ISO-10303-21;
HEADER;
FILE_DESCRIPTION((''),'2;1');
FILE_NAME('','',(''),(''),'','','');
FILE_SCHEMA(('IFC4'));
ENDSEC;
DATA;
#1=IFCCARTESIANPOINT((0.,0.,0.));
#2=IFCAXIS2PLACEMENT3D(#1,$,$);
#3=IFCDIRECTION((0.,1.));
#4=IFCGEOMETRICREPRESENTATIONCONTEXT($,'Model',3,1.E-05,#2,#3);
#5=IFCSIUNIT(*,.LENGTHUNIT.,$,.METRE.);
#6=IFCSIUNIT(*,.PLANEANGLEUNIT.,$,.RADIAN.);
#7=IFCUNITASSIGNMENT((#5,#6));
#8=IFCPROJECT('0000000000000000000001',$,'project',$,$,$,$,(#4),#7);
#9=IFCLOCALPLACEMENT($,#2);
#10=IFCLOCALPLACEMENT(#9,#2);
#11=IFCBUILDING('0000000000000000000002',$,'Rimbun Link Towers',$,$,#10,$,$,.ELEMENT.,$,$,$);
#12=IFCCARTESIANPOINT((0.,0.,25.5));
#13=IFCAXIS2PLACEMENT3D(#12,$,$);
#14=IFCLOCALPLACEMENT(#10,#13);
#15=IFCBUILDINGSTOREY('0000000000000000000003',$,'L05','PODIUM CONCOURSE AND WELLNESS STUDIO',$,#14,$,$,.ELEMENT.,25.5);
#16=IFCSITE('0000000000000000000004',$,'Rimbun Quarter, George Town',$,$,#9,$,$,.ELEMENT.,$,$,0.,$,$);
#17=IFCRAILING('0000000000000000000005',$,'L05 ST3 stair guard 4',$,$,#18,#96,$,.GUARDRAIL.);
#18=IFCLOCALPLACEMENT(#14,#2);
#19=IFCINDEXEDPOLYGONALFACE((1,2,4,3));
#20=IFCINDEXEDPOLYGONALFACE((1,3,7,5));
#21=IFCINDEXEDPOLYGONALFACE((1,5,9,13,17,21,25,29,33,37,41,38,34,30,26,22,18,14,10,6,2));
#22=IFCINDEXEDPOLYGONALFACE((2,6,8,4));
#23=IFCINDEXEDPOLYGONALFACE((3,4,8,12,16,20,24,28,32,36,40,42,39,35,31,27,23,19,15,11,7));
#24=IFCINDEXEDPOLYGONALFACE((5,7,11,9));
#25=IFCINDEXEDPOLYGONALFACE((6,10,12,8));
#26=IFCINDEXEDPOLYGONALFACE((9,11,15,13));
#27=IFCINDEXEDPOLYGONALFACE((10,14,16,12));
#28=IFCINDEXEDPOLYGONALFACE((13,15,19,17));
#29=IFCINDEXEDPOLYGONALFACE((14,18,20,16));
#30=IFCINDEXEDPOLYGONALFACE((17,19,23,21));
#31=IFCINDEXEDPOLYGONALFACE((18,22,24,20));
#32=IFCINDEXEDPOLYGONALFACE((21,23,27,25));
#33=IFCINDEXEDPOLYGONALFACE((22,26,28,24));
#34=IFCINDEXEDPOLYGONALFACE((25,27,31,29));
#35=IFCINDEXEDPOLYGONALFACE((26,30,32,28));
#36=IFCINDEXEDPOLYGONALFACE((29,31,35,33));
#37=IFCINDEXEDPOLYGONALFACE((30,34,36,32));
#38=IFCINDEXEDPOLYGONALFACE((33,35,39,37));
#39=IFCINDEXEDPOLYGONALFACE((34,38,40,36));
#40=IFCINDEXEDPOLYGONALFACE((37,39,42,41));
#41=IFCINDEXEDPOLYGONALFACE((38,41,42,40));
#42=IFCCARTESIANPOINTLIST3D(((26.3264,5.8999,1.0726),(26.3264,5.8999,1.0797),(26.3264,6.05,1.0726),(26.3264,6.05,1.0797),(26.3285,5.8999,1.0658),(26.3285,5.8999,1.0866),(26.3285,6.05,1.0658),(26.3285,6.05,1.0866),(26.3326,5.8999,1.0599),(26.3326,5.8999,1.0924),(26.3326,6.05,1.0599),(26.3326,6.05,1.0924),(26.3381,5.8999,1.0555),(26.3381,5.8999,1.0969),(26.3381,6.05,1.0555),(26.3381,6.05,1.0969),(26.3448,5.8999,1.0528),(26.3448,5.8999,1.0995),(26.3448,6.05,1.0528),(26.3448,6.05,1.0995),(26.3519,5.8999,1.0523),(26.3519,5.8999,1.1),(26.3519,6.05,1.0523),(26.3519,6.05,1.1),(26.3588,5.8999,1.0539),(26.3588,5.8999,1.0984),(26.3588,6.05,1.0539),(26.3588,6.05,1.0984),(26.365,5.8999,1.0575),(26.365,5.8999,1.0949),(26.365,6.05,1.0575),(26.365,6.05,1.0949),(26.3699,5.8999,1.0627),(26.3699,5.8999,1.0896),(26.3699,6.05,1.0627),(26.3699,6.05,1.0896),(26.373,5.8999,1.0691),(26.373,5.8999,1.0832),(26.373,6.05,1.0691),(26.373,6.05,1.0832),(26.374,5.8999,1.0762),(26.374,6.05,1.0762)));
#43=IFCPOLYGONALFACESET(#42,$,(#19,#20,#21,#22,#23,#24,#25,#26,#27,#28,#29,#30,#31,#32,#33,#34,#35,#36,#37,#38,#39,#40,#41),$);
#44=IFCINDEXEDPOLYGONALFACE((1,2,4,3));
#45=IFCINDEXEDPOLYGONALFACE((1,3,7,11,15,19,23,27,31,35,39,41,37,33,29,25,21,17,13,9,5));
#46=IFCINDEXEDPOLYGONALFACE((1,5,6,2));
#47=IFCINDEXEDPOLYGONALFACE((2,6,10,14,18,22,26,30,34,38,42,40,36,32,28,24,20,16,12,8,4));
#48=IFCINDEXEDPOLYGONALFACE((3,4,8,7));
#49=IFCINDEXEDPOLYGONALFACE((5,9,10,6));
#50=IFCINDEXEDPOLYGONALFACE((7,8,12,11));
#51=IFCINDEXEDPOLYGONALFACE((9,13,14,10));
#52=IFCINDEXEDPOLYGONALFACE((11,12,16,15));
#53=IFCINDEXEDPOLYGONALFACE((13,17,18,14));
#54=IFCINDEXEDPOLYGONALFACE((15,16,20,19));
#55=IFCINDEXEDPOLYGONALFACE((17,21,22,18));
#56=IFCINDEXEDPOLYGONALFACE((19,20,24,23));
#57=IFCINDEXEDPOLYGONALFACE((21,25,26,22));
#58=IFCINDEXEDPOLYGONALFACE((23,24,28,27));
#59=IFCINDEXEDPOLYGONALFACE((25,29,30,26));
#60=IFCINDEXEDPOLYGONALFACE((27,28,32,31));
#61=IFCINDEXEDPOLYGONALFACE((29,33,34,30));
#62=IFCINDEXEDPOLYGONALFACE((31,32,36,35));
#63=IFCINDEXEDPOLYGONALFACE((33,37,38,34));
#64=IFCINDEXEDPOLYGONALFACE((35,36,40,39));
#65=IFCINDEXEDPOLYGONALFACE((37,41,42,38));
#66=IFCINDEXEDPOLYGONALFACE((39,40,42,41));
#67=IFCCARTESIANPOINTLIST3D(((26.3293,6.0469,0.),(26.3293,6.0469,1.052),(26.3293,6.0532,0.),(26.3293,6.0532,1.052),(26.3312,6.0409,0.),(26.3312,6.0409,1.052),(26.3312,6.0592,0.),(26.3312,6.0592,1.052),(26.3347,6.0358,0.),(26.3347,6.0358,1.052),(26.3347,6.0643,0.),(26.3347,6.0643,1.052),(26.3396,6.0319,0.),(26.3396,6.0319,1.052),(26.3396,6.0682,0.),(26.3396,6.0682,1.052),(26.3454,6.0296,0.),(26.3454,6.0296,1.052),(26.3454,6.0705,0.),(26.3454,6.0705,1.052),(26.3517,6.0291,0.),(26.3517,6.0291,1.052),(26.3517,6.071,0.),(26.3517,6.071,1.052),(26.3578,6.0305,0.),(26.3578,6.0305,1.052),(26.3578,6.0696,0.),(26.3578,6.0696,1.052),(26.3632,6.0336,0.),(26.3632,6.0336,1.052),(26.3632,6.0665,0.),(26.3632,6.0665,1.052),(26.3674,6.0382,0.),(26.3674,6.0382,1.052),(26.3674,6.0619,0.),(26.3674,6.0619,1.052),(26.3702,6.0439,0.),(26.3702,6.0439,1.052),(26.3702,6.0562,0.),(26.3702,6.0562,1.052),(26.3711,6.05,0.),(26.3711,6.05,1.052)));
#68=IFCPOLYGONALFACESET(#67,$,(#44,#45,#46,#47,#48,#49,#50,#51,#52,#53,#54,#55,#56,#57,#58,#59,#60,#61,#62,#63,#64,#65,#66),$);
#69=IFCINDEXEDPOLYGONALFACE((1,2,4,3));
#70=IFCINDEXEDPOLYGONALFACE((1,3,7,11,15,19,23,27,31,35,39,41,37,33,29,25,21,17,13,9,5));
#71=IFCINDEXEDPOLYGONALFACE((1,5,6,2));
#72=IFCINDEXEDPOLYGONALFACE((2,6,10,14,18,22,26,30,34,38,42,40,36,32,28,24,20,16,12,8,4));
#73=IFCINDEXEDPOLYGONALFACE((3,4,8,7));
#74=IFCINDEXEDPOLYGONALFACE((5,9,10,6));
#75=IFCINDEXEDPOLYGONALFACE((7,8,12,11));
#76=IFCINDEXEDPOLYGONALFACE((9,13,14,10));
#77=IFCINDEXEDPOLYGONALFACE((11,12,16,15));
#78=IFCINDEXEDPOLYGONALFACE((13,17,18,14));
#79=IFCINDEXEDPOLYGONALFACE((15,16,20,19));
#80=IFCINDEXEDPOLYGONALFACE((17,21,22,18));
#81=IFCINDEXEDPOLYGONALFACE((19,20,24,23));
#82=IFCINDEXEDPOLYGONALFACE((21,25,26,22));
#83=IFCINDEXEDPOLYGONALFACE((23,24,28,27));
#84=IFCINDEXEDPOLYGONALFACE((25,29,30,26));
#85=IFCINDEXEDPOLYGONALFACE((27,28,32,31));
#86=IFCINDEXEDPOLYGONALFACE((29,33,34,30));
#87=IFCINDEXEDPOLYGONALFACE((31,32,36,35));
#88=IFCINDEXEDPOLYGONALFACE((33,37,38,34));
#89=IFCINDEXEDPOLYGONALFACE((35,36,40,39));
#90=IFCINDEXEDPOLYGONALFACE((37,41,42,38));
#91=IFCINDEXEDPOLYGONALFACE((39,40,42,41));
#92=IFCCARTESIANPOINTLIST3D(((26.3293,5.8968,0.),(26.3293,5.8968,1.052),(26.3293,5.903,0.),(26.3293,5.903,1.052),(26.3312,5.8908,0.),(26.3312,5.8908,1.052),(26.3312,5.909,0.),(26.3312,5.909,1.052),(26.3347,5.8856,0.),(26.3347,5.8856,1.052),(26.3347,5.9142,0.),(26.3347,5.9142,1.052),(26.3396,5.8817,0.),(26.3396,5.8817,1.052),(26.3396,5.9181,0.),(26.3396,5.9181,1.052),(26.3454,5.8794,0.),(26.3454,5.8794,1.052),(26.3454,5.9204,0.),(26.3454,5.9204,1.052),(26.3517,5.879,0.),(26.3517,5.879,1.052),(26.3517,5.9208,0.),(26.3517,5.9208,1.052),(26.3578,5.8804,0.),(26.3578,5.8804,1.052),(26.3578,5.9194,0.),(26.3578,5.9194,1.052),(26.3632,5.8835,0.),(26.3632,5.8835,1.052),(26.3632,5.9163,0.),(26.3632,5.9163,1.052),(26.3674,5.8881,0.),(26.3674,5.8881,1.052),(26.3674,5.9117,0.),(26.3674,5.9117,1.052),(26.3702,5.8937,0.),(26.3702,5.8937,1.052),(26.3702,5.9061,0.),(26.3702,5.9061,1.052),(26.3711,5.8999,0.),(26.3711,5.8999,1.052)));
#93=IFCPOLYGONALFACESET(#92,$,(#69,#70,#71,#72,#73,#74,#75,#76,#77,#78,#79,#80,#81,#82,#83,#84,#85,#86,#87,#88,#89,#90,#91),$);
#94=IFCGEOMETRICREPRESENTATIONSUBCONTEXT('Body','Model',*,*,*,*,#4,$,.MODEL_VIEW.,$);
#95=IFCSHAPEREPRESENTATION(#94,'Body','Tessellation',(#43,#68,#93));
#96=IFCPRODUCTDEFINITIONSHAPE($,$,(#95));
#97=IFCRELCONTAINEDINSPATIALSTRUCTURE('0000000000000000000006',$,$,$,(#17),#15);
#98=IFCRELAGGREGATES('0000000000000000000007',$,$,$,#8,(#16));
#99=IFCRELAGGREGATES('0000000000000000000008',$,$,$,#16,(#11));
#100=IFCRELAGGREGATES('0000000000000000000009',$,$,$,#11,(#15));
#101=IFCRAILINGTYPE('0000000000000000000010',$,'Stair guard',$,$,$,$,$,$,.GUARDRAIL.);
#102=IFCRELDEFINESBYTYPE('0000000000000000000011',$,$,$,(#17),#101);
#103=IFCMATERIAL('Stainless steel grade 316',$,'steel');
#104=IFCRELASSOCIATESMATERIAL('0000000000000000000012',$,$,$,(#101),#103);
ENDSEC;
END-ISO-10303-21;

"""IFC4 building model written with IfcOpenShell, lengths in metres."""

from ifc_helpers import new_model, si_unit, direction, frame, origin, origin_2d, place, context, subcontext, project, spatial, circle, extrude, material, type_object, element, save


model = new_model("IFC4")

# Units and contexts
model_context = context("Model", 3, precision=1e-05, world=origin(), true_north=direction((0.0, 1.0)))
body_context = subcontext(model_context, "Body", "Model", "MODEL_VIEW")
ifc_project = project(units=[si_unit("LENGTHUNIT", "METRE"), si_unit("PLANEANGLEUNIT", "RADIAN")], contexts=[model_context])

# Site, building, storey
site_placement = place(None, origin())
site = spatial("IfcSite", under=ifc_project, at=site_placement, Name="Rimbun Quarter, George Town", CompositionType="ELEMENT", RefElevation=0.0)
building_placement = place(site_placement, origin())
building = spatial("IfcBuilding", under=site, at=building_placement, Name="Rimbun Link Towers", CompositionType="ELEMENT")
storey_placement = place(building_placement, frame((0.0, 0.0, 25.5)))
storey = spatial("IfcBuildingStorey", under=building, at=storey_placement, Name="L05", Description="PODIUM CONCOURSE AND WELLNESS STUDIO", CompositionType="ELEMENT", Elevation=25.5)

# Railing
ifc_material_1 = material(Name="Stainless steel grade 316", Category="steel")
railing_type_1 = type_object("IfcRailingType", Name="Stair guard", PredefinedType="GUARDRAIL", material=ifc_material_1)
railing_1_placement = place(storey_placement, frame((26.3501, 6.05, 0.0)))
element("IfcRailing", 1, at=railing_1_placement, inside=storey, type_object=railing_type_1, Name="L05 ST3 stair guard 4", PredefinedType="GUARDRAIL", context=body_context, shape_type="SweptSolid", body=[
    extrude(circle(Radius=0.0239, at=origin_2d()), frame((0.0, 0.0, 1.0762), z_axis=(0.0, -1.0, 0.0), x_axis=(1.0, 0.0, 0.0)), (0.0, 0.0, 1.0), 0.1501),
    extrude(circle(Radius=0.021, at=origin_2d()), origin(), (0.0, 0.0, 1.0), 1.052),
    extrude(circle(Radius=0.021, at=origin_2d()), frame((0.0, -0.1501, 0.0)), (0.0, 0.0, 1.0), 1.052),
])

save(model, "model.ifc")
